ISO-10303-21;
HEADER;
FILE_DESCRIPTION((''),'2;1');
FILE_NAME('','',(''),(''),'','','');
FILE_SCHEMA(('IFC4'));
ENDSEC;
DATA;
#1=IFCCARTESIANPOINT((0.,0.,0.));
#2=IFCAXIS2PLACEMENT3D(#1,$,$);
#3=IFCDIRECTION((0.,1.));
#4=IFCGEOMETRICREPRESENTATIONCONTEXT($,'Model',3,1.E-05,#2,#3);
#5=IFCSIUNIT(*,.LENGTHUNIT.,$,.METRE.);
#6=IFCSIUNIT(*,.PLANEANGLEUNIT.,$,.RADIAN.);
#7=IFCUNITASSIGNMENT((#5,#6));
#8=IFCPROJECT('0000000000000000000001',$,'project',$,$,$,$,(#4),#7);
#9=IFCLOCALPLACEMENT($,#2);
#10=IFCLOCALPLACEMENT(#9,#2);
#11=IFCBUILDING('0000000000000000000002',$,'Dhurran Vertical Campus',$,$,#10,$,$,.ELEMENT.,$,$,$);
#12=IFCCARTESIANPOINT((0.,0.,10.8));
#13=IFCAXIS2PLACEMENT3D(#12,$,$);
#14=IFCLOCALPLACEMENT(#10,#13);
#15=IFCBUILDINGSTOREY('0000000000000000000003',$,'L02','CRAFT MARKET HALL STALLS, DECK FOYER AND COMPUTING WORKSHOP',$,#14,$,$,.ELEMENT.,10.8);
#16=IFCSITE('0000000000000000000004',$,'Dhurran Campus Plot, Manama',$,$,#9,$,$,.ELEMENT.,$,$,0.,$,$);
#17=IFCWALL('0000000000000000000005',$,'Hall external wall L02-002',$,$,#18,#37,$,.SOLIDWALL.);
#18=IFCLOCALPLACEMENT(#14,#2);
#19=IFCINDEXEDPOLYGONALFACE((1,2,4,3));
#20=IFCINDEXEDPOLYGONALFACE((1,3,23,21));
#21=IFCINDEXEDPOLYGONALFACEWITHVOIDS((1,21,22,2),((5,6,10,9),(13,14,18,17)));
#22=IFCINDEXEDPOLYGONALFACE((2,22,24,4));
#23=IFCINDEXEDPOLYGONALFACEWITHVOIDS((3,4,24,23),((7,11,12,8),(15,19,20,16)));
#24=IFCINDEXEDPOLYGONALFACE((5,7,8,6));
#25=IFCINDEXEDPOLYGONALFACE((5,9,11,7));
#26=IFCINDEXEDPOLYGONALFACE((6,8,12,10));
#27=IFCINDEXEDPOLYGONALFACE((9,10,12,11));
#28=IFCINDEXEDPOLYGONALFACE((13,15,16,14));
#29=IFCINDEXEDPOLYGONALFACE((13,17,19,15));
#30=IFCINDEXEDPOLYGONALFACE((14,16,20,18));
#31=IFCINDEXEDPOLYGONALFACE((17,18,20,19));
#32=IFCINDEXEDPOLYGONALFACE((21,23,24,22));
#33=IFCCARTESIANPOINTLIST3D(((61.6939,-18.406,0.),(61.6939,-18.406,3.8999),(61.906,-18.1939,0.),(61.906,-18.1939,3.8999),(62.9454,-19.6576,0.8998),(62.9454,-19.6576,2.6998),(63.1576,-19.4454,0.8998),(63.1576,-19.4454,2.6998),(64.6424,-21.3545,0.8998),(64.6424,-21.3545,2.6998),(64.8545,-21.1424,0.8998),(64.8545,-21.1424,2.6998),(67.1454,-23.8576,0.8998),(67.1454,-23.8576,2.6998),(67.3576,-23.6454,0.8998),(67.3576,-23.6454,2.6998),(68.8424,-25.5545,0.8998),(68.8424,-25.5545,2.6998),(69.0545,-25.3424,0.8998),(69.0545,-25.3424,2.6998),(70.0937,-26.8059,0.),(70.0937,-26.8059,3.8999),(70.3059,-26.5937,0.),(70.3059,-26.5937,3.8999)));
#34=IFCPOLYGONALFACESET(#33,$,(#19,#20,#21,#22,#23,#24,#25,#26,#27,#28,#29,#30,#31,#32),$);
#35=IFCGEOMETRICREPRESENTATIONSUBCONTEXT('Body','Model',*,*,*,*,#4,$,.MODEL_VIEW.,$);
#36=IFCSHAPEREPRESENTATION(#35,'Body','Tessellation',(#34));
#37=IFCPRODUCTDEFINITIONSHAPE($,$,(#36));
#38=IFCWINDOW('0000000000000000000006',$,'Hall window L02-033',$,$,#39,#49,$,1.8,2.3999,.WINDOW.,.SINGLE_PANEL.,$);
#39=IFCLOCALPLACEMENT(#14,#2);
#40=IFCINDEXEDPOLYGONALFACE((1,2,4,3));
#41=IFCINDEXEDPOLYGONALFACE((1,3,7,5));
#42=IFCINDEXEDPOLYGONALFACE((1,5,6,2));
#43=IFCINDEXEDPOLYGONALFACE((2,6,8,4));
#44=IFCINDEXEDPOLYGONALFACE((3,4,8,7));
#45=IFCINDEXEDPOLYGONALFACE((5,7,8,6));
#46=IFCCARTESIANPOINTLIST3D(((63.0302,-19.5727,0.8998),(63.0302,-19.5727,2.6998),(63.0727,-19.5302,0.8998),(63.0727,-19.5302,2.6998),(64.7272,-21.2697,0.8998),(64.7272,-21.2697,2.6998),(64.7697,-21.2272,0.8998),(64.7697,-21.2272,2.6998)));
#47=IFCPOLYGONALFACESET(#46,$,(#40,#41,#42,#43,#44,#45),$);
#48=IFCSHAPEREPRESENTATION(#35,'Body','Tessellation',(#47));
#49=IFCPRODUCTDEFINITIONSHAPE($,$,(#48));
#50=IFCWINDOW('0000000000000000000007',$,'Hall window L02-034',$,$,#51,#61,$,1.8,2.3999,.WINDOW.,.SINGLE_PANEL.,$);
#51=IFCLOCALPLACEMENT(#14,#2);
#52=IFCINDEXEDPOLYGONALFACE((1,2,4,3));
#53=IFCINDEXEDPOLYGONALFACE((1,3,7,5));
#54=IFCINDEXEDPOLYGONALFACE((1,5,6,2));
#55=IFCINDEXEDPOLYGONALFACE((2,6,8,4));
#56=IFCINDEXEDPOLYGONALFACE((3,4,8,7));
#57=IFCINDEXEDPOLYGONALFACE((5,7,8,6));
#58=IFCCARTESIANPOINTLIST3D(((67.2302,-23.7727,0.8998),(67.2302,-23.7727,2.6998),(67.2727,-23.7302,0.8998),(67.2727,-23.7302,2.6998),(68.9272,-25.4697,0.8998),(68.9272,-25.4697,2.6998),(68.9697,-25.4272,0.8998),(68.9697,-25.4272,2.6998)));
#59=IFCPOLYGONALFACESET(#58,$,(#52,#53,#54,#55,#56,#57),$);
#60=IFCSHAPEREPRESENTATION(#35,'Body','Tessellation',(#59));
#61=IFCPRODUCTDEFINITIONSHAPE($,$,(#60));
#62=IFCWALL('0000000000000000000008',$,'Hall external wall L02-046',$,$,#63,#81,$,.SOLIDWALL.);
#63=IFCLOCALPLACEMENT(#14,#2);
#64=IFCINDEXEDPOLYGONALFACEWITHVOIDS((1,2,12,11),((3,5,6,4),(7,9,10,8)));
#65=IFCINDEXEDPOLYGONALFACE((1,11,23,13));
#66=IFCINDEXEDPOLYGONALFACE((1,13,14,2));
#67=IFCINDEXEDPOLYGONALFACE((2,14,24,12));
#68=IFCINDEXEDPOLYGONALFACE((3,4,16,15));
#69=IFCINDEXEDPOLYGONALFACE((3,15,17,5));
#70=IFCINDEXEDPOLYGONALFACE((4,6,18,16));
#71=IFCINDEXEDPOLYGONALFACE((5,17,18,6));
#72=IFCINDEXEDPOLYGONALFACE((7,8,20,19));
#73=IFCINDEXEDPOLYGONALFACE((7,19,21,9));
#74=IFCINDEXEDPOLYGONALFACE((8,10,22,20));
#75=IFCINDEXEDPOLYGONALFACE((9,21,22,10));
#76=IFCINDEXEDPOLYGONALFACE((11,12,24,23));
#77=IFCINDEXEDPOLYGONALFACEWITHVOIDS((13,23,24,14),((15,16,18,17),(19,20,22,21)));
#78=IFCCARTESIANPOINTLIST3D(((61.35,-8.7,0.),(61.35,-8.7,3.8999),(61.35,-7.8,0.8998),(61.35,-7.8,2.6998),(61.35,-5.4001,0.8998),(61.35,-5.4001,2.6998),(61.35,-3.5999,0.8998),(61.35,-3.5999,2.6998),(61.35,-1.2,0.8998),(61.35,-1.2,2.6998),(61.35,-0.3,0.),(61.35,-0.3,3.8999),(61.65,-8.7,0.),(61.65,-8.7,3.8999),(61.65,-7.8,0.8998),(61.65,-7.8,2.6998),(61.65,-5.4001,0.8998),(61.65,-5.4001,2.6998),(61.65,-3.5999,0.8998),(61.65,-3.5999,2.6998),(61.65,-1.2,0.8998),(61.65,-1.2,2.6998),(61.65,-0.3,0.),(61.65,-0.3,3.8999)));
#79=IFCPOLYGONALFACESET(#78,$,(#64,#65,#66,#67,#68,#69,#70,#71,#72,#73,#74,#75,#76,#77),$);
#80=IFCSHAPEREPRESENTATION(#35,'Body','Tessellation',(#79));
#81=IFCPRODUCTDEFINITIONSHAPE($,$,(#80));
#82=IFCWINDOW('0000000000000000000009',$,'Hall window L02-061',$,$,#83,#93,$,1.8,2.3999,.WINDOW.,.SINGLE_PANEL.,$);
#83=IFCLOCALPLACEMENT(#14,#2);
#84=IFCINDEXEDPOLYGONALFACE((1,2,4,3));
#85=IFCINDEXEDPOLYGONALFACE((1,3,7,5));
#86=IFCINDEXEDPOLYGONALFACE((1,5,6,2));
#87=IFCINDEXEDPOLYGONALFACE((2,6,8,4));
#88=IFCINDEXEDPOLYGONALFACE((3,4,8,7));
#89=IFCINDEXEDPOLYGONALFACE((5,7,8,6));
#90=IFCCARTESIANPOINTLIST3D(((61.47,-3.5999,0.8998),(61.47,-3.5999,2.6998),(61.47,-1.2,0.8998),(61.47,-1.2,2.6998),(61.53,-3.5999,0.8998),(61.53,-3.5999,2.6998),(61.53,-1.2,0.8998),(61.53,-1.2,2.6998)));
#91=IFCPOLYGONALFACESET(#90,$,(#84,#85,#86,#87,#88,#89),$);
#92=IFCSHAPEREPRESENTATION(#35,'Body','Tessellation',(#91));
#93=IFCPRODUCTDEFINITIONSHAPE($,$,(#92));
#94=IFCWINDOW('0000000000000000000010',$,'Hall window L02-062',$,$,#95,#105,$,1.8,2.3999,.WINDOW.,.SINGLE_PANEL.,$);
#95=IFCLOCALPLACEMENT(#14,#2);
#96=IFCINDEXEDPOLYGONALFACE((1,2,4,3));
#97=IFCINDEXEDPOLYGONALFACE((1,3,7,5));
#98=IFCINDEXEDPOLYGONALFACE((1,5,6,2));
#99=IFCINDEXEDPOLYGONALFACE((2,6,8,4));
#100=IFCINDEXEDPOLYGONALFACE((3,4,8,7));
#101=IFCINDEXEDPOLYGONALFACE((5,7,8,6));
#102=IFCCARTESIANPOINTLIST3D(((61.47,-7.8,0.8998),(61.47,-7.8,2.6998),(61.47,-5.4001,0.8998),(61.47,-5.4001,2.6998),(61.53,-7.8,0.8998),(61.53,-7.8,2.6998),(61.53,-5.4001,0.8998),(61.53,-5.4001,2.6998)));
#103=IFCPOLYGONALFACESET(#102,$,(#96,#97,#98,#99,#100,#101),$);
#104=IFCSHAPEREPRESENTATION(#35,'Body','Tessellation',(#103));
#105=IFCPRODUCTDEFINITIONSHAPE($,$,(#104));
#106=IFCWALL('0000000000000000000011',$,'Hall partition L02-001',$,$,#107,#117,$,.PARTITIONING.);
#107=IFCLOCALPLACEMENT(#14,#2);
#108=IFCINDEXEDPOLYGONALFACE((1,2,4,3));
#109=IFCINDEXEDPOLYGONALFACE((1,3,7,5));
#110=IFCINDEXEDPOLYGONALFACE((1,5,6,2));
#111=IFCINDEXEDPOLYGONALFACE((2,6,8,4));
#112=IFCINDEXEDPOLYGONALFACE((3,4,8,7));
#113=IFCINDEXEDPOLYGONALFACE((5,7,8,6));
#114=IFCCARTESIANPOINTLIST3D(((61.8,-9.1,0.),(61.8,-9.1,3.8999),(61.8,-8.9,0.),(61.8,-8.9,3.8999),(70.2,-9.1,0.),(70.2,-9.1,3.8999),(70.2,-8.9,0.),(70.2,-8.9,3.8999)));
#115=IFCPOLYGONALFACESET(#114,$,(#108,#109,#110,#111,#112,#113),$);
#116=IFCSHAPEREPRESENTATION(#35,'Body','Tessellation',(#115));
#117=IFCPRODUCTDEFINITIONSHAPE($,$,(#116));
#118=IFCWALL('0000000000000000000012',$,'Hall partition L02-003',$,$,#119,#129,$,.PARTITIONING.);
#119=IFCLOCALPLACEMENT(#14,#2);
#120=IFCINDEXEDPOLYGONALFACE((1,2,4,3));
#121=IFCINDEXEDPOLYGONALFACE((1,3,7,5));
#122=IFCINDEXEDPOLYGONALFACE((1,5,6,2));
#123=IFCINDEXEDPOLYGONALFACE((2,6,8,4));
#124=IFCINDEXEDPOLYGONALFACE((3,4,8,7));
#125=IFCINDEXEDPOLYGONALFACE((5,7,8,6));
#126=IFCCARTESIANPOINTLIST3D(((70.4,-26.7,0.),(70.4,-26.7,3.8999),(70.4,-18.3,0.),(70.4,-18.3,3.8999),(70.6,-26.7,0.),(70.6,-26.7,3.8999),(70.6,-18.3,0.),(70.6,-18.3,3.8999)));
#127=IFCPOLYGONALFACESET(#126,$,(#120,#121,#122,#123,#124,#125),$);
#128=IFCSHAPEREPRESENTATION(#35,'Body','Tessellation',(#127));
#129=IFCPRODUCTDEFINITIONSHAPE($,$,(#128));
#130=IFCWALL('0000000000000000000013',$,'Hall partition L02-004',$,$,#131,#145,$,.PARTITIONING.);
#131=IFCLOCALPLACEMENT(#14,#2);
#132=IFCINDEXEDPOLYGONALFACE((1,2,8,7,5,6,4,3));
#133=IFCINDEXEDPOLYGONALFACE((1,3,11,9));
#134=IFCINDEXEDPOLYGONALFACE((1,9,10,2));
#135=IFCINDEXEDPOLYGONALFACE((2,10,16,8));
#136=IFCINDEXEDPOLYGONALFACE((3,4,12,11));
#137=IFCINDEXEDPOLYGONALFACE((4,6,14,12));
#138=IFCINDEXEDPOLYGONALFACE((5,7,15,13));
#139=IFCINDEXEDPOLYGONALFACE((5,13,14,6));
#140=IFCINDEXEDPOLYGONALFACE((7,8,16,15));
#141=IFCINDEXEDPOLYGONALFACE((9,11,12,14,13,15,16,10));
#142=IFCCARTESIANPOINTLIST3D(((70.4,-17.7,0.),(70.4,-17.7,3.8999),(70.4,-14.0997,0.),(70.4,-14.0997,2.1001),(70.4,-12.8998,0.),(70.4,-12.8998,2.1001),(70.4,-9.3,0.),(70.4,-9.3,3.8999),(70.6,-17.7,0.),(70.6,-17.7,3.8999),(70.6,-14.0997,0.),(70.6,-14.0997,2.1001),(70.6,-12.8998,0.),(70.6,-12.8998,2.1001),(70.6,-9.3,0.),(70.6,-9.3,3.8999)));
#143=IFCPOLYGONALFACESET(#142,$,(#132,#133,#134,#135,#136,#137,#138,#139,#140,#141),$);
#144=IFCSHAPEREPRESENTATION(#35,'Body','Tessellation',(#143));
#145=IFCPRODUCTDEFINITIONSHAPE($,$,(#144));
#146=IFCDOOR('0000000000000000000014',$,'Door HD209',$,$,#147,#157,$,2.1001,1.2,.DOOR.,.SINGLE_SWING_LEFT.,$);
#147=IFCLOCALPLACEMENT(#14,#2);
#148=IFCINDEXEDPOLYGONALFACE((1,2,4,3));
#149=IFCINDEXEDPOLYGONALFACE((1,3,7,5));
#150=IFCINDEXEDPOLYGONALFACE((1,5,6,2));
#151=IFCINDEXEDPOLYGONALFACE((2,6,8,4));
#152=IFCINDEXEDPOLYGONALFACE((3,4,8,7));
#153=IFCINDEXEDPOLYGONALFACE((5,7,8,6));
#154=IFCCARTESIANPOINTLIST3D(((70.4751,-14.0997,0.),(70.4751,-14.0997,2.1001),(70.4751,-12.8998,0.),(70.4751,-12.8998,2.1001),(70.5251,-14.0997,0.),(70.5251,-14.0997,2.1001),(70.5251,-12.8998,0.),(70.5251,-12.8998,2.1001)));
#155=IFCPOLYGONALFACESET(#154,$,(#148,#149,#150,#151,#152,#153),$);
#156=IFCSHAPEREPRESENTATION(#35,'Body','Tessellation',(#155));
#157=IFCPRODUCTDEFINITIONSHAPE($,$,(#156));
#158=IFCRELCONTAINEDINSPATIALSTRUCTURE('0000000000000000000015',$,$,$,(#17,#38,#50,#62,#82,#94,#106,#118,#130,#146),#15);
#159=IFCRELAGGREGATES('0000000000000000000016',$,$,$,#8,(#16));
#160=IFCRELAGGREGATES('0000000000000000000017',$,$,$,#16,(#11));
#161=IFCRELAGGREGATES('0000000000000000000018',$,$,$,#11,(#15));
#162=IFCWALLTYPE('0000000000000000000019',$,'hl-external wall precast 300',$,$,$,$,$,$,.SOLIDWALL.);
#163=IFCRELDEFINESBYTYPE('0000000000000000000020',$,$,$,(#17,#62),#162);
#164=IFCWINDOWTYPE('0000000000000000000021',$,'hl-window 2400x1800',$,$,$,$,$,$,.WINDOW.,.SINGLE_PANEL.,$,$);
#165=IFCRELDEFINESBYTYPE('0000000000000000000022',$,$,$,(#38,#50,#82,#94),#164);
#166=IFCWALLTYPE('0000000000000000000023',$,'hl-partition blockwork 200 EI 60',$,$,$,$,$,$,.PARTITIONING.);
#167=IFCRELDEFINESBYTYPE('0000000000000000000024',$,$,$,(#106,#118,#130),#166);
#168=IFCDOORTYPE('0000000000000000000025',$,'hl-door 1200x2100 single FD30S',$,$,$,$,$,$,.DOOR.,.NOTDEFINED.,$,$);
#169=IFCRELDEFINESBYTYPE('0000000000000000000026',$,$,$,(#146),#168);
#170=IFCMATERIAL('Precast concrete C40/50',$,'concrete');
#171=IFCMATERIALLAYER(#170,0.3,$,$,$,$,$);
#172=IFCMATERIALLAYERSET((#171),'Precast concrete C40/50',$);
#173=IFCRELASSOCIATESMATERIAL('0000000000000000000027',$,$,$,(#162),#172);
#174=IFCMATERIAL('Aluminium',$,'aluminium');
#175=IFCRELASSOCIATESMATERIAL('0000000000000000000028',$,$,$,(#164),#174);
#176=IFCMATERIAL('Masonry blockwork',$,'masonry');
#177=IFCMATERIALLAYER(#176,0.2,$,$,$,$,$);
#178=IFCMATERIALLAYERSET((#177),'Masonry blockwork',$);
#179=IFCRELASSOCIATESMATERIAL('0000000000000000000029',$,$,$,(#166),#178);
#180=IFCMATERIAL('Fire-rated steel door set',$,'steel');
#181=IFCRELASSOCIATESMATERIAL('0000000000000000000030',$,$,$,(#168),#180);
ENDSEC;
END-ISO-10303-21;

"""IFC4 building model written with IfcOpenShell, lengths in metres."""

from ifc_helpers import new_model, si_unit, direction, frame, frame_2d, origin, place, context, subcontext, project, spatial, rectangle, extrude, material, layer, layer_set, type_object, element, fill, save


model = new_model("IFC4")

# Units and contexts
model_context = context("Model", 3, precision=1e-05, world=origin(), true_north=direction((0.0, 1.0)))
body_context = subcontext(model_context, "Body", "Model", "MODEL_VIEW")
ifc_project = project(units=[si_unit("LENGTHUNIT", "METRE"), si_unit("PLANEANGLEUNIT", "RADIAN")], contexts=[model_context])

# Site, building, storey
site_placement = place(None, origin())
site = spatial("IfcSite", under=ifc_project, at=site_placement, Name="Dhurran Campus Plot, Manama", CompositionType="ELEMENT", RefElevation=0.0)
building_placement = place(site_placement, origin())
building = spatial("IfcBuilding", under=site, at=building_placement, Name="Dhurran Vertical Campus", CompositionType="ELEMENT")
storey_placement = place(building_placement, frame((0.0, 0.0, 10.8)))
storey = spatial("IfcBuildingStorey", under=building, at=storey_placement, Name="L02", Description="CRAFT MARKET HALL STALLS, DECK FOYER AND COMPUTING WORKSHOP", CompositionType="ELEMENT", Elevation=10.8)

# Walls, openings, windows
ifc_material_1 = material(Name="Precast concrete C40/50", Category="concrete")
ifc_layer_1 = layer(ifc_material_1, 0.3)
ifc_layer_set_1 = layer_set([ifc_layer_1], Name="Precast concrete C40/50")
wall_type_1 = type_object("IfcWallType", Name="hl-external wall precast 300", PredefinedType="SOLIDWALL", material=ifc_layer_set_1)
wall_1_placement = place(storey_placement, frame((61.8, -18.3, 0.0), z_axis=(0.0, 0.0, 1.0), x_axis=(0.707107, -0.707107, 0.0)))
wall_1 = element("IfcWall", 1, at=wall_1_placement, inside=storey, type_object=wall_type_1, Name="Hall external wall L02-002", PredefinedType="SOLIDWALL", context=body_context, shape_type="SweptSolid", body=[
    extrude(rectangle(XDim=11.8792, YDim=0.3, at=frame_2d((5.9395, 0.0))), origin(), (0.0, 0.0, 1.0), 3.8999),
])
opening_1_placement = place(wall_1_placement, frame((1.7698, 0.0, 0.8999)))
opening_1 = element("IfcOpeningElement", 2, at=opening_1_placement, cuts=wall_1, PredefinedType="OPENING", context=body_context, shape_type="SweptSolid", body=[
    extrude(rectangle(XDim=2.3999, YDim=1.8, at=frame_2d((1.2, 0.8999))), frame((0.0, 0.1599, 0.0), z_axis=(0.0, -1.0, 0.0), x_axis=(1.0, 0.0, 0.0)), (0.0, 0.0, 1.0), 0.3201),
])
opening_2_placement = place(wall_1_placement, frame((7.7095, 0.0, 0.8999)))
opening_2 = element("IfcOpeningElement", 3, at=opening_2_placement, cuts=wall_1, PredefinedType="OPENING", context=body_context, shape_type="SweptSolid", body=[
    extrude(rectangle(XDim=2.3999, YDim=1.8, at=frame_2d((1.2, 0.8999))), frame((0.0, 0.1599, 0.0), z_axis=(0.0, -1.0, 0.0), x_axis=(1.0, 0.0, 0.0)), (0.0, 0.0, 1.0), 0.3201),
])
ifc_material_2 = material(Name="Aluminium", Category="aluminium")
window_type = type_object("IfcWindowType", Name="hl-window 2400x1800", PartitioningType="SINGLE_PANEL", PredefinedType="WINDOW", material=ifc_material_2)
window_1_placement = place(opening_1_placement, origin())
window_1 = element("IfcWindow", 4, at=window_1_placement, inside=storey, type_object=window_type, Name="Hall window L02-033", OverallHeight=1.8, OverallWidth=2.3999, PartitioningType="SINGLE_PANEL", PredefinedType="WINDOW", context=body_context, shape_type="SweptSolid", body=[
    extrude(rectangle(XDim=2.3999, YDim=1.8, at=frame_2d((1.2, 0.8999))), frame((0.0, 0.03, 0.0), z_axis=(0.0, -1.0, 0.0), x_axis=(1.0, 0.0, 0.0)), (0.0, 0.0, 1.0), 0.0601),
])
fill(opening_1, window_1)
window_2_placement = place(opening_2_placement, origin())
window_2 = element("IfcWindow", 5, at=window_2_placement, inside=storey, type_object=window_type, Name="Hall window L02-034", OverallHeight=1.8, OverallWidth=2.3999, PartitioningType="SINGLE_PANEL", PredefinedType="WINDOW", context=body_context, shape_type="SweptSolid", body=[
    extrude(rectangle(XDim=2.3999, YDim=1.8, at=frame_2d((1.2, 0.8999))), frame((0.0, 0.03, 0.0), z_axis=(0.0, -1.0, 0.0), x_axis=(1.0, 0.0, 0.0)), (0.0, 0.0, 1.0), 0.0601),
])
fill(opening_2, window_2)
wall_2_placement = place(storey_placement, frame((61.5, -0.3, 0.0), z_axis=(0.0, 0.0, 1.0), x_axis=(0.0, -1.0, 0.0)))
wall_2 = element("IfcWall", 6, at=wall_2_placement, inside=storey, type_object=wall_type_1, Name="Hall external wall L02-046", PredefinedType="SOLIDWALL", context=body_context, shape_type="SweptSolid", body=[
    extrude(rectangle(XDim=8.3999, YDim=0.3, at=frame_2d((4.2, 0.0))), origin(), (0.0, 0.0, 1.0), 3.8999),
])
opening_3_placement = place(wall_2_placement, frame((0.8999, 0.0, 0.8999)))
opening_3 = element("IfcOpeningElement", 7, at=opening_3_placement, cuts=wall_2, PredefinedType="OPENING", context=body_context, shape_type="SweptSolid", body=[
    extrude(rectangle(XDim=2.3999, YDim=1.8, at=frame_2d((1.2, 0.8999))), frame((0.0, 0.1599, 0.0), z_axis=(0.0, -1.0, 0.0), x_axis=(1.0, 0.0, 0.0)), (0.0, 0.0, 1.0), 0.3201),
])
opening_4_placement = place(wall_2_placement, frame((5.1001, 0.0, 0.8999)))
opening_4 = element("IfcOpeningElement", 8, at=opening_4_placement, cuts=wall_2, PredefinedType="OPENING", context=body_context, shape_type="SweptSolid", body=[
    extrude(rectangle(XDim=2.3999, YDim=1.8, at=frame_2d((1.2, 0.8999))), frame((0.0, 0.1599, 0.0), z_axis=(0.0, -1.0, 0.0), x_axis=(1.0, 0.0, 0.0)), (0.0, 0.0, 1.0), 0.3201),
])
window_3_placement = place(opening_3_placement, origin())
window_3 = element("IfcWindow", 9, at=window_3_placement, inside=storey, type_object=window_type, Name="Hall window L02-061", OverallHeight=1.8, OverallWidth=2.3999, PartitioningType="SINGLE_PANEL", PredefinedType="WINDOW", context=body_context, shape_type="SweptSolid", body=[
    extrude(rectangle(XDim=2.3999, YDim=1.8, at=frame_2d((1.2, 0.8999))), frame((0.0, 0.03, 0.0), z_axis=(0.0, -1.0, 0.0), x_axis=(1.0, 0.0, 0.0)), (0.0, 0.0, 1.0), 0.0601),
])
fill(opening_3, window_3)
window_4_placement = place(opening_4_placement, origin())
window_4 = element("IfcWindow", 10, at=window_4_placement, inside=storey, type_object=window_type, Name="Hall window L02-062", OverallHeight=1.8, OverallWidth=2.3999, PartitioningType="SINGLE_PANEL", PredefinedType="WINDOW", context=body_context, shape_type="SweptSolid", body=[
    extrude(rectangle(XDim=2.3999, YDim=1.8, at=frame_2d((1.2, 0.8999))), frame((0.0, 0.03, 0.0), z_axis=(0.0, -1.0, 0.0), x_axis=(1.0, 0.0, 0.0)), (0.0, 0.0, 1.0), 0.0601),
])
fill(opening_4, window_4)

# Walls
ifc_material_3 = material(Name="Masonry blockwork", Category="masonry")
ifc_layer_2 = layer(ifc_material_3, 0.2)
ifc_layer_set_2 = layer_set([ifc_layer_2], Name="Masonry blockwork")
wall_type_2 = type_object("IfcWallType", Name="hl-partition blockwork 200 EI 60", PredefinedType="PARTITIONING", material=ifc_layer_set_2)
for number, where, z_axis, x_axis, name in (
    (11, (61.8, -9.0, 0.0), (0.0, 0.0, 1.0), (1.0, 0.0, 0.0), "Hall partition L02-001"),
    (12, (70.5, -26.7, 0.0), (0.0, 0.0, 1.0), (0.0, 1.0, 0.0), "Hall partition L02-003"),
):
    element("IfcWall", number, at=place(storey_placement, frame(where, z_axis=z_axis, x_axis=x_axis)), inside=storey, type_object=wall_type_2, Name=name, PredefinedType="PARTITIONING", context=body_context, shape_type="SweptSolid", body=[
        extrude(rectangle(XDim=8.3999, YDim=0.2, at=frame_2d((4.2, 0.0))), origin(), (0.0, 0.0, 1.0), 3.8999),
    ])

# Wall, opening, door
wall_3_placement = place(storey_placement, frame((70.5, -17.7, 0.0), z_axis=(0.0, 0.0, 1.0), x_axis=(0.0, 1.0, 0.0)))
wall_3 = element("IfcWall", 13, at=wall_3_placement, inside=storey, type_object=wall_type_2, Name="Hall partition L02-004", PredefinedType="PARTITIONING", context=body_context, shape_type="SweptSolid", body=[
    extrude(rectangle(XDim=8.3999, YDim=0.2, at=frame_2d((4.2, 0.0))), origin(), (0.0, 0.0, 1.0), 3.8999),
])
opening_5_placement = place(wall_3_placement, frame((3.6001, 0.0, 0.0)))
opening_5 = element("IfcOpeningElement", 14, at=opening_5_placement, cuts=wall_3, PredefinedType="OPENING", context=body_context, shape_type="SweptSolid", body=[
    extrude(rectangle(XDim=1.2, YDim=2.1001, at=frame_2d((0.6001, 1.05))), frame((0.0, 0.1099, 0.0), z_axis=(0.0, -1.0, 0.0), x_axis=(1.0, 0.0, 0.0)), (0.0, 0.0, 1.0), 0.22),
])
ifc_material_4 = material(Name="Fire-rated steel door set", Category="steel")
door_type = type_object("IfcDoorType", Name="hl-door 1200x2100 single FD30S", OperationType="NOTDEFINED", PredefinedType="DOOR", material=ifc_material_4)
door_1_placement = place(opening_5_placement, origin())
door_1 = element("IfcDoor", 15, at=door_1_placement, inside=storey, type_object=door_type, Name="Door HD209", OperationType="SINGLE_SWING_LEFT", OverallHeight=2.1001, OverallWidth=1.2, PredefinedType="DOOR", context=body_context, shape_type="SweptSolid", body=[
    extrude(rectangle(XDim=1.2, YDim=2.1001, at=frame_2d((0.6001, 1.05))), frame((0.0, 0.0249, 0.0), z_axis=(0.0, -1.0, 0.0), x_axis=(1.0, 0.0, 0.0)), (0.0, 0.0, 1.0), 0.05),
])
fill(opening_5, door_1)

save(model, "model.ifc")
